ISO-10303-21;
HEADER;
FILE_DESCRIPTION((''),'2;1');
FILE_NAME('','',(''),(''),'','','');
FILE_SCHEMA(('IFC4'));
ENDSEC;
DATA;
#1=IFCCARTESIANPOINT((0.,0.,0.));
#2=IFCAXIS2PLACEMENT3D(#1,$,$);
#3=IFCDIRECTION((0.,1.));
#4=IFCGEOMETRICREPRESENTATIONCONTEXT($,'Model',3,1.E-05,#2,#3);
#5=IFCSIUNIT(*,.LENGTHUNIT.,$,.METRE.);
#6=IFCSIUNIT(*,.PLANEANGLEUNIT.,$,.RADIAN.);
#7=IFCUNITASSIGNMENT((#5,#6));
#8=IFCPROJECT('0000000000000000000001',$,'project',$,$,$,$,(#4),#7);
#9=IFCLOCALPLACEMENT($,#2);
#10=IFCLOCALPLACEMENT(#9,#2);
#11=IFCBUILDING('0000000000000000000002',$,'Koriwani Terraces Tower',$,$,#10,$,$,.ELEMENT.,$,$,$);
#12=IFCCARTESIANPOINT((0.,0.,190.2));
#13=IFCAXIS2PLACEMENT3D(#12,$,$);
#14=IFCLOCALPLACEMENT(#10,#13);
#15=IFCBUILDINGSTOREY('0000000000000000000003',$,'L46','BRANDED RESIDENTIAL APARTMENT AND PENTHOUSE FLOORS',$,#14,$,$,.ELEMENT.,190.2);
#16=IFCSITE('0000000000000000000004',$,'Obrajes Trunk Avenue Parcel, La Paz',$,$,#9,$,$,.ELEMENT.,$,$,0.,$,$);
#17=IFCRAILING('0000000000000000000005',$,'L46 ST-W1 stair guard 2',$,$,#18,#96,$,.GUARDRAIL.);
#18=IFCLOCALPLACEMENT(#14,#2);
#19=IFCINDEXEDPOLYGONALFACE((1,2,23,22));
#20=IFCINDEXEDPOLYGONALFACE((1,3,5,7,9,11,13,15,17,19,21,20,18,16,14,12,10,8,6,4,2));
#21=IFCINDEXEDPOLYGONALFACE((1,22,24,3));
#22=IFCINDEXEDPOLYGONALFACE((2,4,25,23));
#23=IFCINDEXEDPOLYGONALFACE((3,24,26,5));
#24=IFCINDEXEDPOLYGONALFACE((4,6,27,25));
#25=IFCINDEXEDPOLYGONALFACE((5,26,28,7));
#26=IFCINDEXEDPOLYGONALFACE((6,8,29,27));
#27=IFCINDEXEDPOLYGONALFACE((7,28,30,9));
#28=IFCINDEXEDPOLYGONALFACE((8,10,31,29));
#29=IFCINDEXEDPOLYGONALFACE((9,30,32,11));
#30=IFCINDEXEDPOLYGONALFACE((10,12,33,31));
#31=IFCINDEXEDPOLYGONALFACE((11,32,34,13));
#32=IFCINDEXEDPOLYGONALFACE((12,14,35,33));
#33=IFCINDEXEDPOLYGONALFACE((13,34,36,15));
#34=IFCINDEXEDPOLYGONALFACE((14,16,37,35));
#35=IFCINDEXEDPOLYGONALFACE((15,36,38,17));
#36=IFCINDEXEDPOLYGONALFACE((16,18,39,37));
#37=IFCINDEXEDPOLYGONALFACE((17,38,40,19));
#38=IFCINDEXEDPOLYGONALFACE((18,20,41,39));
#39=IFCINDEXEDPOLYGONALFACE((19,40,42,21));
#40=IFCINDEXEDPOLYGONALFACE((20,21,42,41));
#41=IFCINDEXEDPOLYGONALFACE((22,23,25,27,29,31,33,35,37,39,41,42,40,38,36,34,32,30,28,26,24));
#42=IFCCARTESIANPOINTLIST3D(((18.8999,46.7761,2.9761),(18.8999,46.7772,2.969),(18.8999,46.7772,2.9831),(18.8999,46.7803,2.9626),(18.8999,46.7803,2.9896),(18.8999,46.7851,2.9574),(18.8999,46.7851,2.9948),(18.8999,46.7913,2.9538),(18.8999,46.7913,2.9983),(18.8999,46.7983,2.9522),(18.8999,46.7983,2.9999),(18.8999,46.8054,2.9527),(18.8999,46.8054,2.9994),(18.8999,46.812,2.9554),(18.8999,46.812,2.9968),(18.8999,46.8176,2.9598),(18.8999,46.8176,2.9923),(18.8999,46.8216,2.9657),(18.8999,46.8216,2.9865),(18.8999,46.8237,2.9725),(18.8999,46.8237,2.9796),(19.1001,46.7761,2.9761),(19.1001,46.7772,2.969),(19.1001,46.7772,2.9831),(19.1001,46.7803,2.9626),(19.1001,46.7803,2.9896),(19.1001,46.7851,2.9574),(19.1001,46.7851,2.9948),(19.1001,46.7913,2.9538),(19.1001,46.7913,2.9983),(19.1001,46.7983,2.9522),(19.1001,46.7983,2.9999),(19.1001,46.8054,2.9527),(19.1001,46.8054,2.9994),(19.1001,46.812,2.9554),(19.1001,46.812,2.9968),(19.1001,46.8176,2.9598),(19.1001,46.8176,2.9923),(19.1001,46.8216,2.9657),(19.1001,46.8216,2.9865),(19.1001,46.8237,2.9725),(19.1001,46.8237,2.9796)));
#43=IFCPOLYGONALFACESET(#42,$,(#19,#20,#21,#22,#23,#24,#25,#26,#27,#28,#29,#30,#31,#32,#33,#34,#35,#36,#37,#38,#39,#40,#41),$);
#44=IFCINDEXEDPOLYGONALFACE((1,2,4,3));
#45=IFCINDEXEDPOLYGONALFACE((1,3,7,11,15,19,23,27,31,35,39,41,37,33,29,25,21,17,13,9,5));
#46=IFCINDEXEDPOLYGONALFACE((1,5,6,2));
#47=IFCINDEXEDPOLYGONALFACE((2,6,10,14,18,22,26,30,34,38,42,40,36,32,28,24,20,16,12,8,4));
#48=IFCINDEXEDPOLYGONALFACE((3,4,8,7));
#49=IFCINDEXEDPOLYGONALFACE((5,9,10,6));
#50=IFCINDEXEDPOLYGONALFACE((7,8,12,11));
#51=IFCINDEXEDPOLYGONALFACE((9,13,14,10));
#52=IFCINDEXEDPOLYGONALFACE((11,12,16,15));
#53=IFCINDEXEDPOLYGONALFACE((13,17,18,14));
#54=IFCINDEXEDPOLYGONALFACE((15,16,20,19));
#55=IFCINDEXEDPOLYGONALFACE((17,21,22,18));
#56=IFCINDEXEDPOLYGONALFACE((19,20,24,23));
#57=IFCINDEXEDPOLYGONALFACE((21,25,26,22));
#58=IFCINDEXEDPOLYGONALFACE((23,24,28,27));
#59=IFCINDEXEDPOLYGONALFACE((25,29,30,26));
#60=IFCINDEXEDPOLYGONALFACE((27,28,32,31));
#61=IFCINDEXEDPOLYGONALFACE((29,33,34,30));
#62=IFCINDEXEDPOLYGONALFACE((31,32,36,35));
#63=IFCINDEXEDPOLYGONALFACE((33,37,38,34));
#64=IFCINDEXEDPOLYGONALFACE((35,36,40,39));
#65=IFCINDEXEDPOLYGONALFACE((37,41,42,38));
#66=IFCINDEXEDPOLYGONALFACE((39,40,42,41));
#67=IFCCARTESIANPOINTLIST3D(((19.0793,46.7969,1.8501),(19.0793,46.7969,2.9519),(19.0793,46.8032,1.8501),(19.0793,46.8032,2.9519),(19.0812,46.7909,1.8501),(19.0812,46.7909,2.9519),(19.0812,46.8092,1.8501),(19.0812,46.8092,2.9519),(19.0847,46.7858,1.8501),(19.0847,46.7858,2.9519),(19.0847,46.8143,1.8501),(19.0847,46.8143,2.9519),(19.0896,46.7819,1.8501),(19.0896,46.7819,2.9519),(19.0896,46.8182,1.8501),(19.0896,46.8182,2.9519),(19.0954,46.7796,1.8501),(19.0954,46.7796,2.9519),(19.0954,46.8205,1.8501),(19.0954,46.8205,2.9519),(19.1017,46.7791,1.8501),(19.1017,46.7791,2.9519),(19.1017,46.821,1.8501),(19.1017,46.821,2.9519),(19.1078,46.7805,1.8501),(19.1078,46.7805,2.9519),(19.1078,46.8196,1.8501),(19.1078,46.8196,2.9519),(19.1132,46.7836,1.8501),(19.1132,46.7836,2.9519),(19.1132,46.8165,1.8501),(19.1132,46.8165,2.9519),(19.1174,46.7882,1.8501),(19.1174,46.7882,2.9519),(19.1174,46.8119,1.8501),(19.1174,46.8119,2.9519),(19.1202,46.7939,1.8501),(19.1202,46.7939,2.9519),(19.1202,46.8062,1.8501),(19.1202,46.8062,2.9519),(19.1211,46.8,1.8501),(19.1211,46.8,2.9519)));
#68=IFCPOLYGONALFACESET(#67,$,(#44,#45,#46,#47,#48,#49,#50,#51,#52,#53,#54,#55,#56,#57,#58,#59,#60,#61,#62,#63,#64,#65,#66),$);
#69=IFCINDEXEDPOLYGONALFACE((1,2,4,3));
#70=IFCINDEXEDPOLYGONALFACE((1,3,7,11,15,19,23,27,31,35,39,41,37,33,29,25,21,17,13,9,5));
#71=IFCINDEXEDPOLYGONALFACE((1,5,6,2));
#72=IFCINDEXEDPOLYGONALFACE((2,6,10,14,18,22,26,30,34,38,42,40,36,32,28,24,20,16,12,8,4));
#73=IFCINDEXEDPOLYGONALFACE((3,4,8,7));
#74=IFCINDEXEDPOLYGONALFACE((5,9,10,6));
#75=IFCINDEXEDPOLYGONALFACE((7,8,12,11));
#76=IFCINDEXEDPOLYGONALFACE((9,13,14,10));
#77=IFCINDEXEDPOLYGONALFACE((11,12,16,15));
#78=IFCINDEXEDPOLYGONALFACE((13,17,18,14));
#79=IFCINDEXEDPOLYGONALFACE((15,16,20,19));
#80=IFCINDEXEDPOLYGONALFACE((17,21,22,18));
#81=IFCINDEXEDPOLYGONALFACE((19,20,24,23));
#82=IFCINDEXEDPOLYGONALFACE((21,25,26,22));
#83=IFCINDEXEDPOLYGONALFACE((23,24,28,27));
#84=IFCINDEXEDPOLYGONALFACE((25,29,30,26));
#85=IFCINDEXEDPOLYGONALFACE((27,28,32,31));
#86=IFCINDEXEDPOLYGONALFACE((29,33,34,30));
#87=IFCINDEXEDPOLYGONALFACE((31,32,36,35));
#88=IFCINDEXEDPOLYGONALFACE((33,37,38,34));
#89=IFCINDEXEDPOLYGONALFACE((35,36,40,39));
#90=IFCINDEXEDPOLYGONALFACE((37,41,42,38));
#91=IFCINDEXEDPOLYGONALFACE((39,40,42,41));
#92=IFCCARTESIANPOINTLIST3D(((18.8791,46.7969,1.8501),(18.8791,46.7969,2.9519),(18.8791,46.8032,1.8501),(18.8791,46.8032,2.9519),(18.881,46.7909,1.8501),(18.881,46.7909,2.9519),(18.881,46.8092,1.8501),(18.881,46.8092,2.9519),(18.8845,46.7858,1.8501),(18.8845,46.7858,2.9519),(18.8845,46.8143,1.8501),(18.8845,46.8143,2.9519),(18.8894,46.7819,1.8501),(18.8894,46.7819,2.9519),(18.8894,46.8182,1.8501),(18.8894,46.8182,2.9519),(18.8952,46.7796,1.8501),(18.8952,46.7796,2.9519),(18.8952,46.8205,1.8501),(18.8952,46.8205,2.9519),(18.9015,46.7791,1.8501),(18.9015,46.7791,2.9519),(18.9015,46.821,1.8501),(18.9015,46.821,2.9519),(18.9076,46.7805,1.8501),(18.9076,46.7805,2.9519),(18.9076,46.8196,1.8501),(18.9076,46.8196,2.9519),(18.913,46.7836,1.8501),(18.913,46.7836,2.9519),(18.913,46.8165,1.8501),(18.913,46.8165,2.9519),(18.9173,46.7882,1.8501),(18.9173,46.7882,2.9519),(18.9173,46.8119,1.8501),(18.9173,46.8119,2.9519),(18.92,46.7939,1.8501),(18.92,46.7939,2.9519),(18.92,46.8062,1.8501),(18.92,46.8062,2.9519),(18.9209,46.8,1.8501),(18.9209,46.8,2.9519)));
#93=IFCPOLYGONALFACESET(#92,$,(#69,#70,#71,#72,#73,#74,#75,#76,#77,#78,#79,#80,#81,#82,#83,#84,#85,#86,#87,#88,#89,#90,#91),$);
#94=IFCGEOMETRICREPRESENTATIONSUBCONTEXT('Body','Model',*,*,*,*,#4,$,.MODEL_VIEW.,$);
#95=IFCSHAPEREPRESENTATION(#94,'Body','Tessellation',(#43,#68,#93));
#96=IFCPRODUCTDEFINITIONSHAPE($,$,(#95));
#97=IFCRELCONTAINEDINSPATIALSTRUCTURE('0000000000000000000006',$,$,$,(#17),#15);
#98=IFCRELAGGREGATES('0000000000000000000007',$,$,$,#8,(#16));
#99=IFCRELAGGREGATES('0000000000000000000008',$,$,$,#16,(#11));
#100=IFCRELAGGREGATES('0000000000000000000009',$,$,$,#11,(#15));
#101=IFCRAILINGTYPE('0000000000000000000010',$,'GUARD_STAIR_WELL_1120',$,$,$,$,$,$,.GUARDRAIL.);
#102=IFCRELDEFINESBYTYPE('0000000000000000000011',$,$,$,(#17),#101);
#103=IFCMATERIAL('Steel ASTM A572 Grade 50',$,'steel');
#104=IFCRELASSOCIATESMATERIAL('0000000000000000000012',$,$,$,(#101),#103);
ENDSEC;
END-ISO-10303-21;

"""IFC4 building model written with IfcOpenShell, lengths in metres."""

from ifc_helpers import new_model, si_unit, direction, frame, origin, origin_2d, place, context, subcontext, project, spatial, circle, extrude, material, type_object, element, save


model = new_model("IFC4")

# Units and contexts
model_context = context("Model", 3, precision=1e-05, world=origin(), true_north=direction((0.0, 1.0)))
body_context = subcontext(model_context, "Body", "Model", "MODEL_VIEW")
ifc_project = project(units=[si_unit("LENGTHUNIT", "METRE"), si_unit("PLANEANGLEUNIT", "RADIAN")], contexts=[model_context])

# Site, building, storey
site_placement = place(None, origin())
site = spatial("IfcSite", under=ifc_project, at=site_placement, Name="Obrajes Trunk Avenue Parcel, La Paz", CompositionType="ELEMENT", RefElevation=0.0)
building_placement = place(site_placement, origin())
building = spatial("IfcBuilding", under=site, at=building_placement, Name="Koriwani Terraces Tower", CompositionType="ELEMENT")
storey_placement = place(building_placement, frame((0.0, 0.0, 190.2)))
storey = spatial("IfcBuildingStorey", under=building, at=storey_placement, Name="L46", Description="BRANDED RESIDENTIAL APARTMENT AND PENTHOUSE FLOORS", CompositionType="ELEMENT", Elevation=190.2)

# Shared definitions
ifc_material_1 = material(Name="Steel ASTM A572 Grade 50", Category="steel")

# Railing
railing_type_1 = type_object("IfcRailingType", Name="GUARD_STAIR_WELL_1120", PredefinedType="GUARDRAIL", material=ifc_material_1)
railing_1_placement = place(storey_placement, frame((19.1001, 46.8, 1.8501)))
element("IfcRailing", 1, at=railing_1_placement, inside=storey, type_object=railing_type_1, Name="L46 ST-W1 stair guard 2", PredefinedType="GUARDRAIL", context=body_context, shape_type="SweptSolid", body=[
    extrude(circle(Radius=0.0239, at=origin_2d()), frame((0.0, 0.0, 1.126), z_axis=(-1.0, 0.0, 0.0), x_axis=(0.0, -1.0, 0.0)), (0.0, 0.0, 1.0), 0.2002),
    extrude(circle(Radius=0.021, at=origin_2d()), origin(), (0.0, 0.0, 1.0), 1.1018),
    extrude(circle(Radius=0.021, at=origin_2d()), frame((-0.2002, 0.0, 0.0)), (0.0, 0.0, 1.0), 1.1018),
])

save(model, "model.ifc")
